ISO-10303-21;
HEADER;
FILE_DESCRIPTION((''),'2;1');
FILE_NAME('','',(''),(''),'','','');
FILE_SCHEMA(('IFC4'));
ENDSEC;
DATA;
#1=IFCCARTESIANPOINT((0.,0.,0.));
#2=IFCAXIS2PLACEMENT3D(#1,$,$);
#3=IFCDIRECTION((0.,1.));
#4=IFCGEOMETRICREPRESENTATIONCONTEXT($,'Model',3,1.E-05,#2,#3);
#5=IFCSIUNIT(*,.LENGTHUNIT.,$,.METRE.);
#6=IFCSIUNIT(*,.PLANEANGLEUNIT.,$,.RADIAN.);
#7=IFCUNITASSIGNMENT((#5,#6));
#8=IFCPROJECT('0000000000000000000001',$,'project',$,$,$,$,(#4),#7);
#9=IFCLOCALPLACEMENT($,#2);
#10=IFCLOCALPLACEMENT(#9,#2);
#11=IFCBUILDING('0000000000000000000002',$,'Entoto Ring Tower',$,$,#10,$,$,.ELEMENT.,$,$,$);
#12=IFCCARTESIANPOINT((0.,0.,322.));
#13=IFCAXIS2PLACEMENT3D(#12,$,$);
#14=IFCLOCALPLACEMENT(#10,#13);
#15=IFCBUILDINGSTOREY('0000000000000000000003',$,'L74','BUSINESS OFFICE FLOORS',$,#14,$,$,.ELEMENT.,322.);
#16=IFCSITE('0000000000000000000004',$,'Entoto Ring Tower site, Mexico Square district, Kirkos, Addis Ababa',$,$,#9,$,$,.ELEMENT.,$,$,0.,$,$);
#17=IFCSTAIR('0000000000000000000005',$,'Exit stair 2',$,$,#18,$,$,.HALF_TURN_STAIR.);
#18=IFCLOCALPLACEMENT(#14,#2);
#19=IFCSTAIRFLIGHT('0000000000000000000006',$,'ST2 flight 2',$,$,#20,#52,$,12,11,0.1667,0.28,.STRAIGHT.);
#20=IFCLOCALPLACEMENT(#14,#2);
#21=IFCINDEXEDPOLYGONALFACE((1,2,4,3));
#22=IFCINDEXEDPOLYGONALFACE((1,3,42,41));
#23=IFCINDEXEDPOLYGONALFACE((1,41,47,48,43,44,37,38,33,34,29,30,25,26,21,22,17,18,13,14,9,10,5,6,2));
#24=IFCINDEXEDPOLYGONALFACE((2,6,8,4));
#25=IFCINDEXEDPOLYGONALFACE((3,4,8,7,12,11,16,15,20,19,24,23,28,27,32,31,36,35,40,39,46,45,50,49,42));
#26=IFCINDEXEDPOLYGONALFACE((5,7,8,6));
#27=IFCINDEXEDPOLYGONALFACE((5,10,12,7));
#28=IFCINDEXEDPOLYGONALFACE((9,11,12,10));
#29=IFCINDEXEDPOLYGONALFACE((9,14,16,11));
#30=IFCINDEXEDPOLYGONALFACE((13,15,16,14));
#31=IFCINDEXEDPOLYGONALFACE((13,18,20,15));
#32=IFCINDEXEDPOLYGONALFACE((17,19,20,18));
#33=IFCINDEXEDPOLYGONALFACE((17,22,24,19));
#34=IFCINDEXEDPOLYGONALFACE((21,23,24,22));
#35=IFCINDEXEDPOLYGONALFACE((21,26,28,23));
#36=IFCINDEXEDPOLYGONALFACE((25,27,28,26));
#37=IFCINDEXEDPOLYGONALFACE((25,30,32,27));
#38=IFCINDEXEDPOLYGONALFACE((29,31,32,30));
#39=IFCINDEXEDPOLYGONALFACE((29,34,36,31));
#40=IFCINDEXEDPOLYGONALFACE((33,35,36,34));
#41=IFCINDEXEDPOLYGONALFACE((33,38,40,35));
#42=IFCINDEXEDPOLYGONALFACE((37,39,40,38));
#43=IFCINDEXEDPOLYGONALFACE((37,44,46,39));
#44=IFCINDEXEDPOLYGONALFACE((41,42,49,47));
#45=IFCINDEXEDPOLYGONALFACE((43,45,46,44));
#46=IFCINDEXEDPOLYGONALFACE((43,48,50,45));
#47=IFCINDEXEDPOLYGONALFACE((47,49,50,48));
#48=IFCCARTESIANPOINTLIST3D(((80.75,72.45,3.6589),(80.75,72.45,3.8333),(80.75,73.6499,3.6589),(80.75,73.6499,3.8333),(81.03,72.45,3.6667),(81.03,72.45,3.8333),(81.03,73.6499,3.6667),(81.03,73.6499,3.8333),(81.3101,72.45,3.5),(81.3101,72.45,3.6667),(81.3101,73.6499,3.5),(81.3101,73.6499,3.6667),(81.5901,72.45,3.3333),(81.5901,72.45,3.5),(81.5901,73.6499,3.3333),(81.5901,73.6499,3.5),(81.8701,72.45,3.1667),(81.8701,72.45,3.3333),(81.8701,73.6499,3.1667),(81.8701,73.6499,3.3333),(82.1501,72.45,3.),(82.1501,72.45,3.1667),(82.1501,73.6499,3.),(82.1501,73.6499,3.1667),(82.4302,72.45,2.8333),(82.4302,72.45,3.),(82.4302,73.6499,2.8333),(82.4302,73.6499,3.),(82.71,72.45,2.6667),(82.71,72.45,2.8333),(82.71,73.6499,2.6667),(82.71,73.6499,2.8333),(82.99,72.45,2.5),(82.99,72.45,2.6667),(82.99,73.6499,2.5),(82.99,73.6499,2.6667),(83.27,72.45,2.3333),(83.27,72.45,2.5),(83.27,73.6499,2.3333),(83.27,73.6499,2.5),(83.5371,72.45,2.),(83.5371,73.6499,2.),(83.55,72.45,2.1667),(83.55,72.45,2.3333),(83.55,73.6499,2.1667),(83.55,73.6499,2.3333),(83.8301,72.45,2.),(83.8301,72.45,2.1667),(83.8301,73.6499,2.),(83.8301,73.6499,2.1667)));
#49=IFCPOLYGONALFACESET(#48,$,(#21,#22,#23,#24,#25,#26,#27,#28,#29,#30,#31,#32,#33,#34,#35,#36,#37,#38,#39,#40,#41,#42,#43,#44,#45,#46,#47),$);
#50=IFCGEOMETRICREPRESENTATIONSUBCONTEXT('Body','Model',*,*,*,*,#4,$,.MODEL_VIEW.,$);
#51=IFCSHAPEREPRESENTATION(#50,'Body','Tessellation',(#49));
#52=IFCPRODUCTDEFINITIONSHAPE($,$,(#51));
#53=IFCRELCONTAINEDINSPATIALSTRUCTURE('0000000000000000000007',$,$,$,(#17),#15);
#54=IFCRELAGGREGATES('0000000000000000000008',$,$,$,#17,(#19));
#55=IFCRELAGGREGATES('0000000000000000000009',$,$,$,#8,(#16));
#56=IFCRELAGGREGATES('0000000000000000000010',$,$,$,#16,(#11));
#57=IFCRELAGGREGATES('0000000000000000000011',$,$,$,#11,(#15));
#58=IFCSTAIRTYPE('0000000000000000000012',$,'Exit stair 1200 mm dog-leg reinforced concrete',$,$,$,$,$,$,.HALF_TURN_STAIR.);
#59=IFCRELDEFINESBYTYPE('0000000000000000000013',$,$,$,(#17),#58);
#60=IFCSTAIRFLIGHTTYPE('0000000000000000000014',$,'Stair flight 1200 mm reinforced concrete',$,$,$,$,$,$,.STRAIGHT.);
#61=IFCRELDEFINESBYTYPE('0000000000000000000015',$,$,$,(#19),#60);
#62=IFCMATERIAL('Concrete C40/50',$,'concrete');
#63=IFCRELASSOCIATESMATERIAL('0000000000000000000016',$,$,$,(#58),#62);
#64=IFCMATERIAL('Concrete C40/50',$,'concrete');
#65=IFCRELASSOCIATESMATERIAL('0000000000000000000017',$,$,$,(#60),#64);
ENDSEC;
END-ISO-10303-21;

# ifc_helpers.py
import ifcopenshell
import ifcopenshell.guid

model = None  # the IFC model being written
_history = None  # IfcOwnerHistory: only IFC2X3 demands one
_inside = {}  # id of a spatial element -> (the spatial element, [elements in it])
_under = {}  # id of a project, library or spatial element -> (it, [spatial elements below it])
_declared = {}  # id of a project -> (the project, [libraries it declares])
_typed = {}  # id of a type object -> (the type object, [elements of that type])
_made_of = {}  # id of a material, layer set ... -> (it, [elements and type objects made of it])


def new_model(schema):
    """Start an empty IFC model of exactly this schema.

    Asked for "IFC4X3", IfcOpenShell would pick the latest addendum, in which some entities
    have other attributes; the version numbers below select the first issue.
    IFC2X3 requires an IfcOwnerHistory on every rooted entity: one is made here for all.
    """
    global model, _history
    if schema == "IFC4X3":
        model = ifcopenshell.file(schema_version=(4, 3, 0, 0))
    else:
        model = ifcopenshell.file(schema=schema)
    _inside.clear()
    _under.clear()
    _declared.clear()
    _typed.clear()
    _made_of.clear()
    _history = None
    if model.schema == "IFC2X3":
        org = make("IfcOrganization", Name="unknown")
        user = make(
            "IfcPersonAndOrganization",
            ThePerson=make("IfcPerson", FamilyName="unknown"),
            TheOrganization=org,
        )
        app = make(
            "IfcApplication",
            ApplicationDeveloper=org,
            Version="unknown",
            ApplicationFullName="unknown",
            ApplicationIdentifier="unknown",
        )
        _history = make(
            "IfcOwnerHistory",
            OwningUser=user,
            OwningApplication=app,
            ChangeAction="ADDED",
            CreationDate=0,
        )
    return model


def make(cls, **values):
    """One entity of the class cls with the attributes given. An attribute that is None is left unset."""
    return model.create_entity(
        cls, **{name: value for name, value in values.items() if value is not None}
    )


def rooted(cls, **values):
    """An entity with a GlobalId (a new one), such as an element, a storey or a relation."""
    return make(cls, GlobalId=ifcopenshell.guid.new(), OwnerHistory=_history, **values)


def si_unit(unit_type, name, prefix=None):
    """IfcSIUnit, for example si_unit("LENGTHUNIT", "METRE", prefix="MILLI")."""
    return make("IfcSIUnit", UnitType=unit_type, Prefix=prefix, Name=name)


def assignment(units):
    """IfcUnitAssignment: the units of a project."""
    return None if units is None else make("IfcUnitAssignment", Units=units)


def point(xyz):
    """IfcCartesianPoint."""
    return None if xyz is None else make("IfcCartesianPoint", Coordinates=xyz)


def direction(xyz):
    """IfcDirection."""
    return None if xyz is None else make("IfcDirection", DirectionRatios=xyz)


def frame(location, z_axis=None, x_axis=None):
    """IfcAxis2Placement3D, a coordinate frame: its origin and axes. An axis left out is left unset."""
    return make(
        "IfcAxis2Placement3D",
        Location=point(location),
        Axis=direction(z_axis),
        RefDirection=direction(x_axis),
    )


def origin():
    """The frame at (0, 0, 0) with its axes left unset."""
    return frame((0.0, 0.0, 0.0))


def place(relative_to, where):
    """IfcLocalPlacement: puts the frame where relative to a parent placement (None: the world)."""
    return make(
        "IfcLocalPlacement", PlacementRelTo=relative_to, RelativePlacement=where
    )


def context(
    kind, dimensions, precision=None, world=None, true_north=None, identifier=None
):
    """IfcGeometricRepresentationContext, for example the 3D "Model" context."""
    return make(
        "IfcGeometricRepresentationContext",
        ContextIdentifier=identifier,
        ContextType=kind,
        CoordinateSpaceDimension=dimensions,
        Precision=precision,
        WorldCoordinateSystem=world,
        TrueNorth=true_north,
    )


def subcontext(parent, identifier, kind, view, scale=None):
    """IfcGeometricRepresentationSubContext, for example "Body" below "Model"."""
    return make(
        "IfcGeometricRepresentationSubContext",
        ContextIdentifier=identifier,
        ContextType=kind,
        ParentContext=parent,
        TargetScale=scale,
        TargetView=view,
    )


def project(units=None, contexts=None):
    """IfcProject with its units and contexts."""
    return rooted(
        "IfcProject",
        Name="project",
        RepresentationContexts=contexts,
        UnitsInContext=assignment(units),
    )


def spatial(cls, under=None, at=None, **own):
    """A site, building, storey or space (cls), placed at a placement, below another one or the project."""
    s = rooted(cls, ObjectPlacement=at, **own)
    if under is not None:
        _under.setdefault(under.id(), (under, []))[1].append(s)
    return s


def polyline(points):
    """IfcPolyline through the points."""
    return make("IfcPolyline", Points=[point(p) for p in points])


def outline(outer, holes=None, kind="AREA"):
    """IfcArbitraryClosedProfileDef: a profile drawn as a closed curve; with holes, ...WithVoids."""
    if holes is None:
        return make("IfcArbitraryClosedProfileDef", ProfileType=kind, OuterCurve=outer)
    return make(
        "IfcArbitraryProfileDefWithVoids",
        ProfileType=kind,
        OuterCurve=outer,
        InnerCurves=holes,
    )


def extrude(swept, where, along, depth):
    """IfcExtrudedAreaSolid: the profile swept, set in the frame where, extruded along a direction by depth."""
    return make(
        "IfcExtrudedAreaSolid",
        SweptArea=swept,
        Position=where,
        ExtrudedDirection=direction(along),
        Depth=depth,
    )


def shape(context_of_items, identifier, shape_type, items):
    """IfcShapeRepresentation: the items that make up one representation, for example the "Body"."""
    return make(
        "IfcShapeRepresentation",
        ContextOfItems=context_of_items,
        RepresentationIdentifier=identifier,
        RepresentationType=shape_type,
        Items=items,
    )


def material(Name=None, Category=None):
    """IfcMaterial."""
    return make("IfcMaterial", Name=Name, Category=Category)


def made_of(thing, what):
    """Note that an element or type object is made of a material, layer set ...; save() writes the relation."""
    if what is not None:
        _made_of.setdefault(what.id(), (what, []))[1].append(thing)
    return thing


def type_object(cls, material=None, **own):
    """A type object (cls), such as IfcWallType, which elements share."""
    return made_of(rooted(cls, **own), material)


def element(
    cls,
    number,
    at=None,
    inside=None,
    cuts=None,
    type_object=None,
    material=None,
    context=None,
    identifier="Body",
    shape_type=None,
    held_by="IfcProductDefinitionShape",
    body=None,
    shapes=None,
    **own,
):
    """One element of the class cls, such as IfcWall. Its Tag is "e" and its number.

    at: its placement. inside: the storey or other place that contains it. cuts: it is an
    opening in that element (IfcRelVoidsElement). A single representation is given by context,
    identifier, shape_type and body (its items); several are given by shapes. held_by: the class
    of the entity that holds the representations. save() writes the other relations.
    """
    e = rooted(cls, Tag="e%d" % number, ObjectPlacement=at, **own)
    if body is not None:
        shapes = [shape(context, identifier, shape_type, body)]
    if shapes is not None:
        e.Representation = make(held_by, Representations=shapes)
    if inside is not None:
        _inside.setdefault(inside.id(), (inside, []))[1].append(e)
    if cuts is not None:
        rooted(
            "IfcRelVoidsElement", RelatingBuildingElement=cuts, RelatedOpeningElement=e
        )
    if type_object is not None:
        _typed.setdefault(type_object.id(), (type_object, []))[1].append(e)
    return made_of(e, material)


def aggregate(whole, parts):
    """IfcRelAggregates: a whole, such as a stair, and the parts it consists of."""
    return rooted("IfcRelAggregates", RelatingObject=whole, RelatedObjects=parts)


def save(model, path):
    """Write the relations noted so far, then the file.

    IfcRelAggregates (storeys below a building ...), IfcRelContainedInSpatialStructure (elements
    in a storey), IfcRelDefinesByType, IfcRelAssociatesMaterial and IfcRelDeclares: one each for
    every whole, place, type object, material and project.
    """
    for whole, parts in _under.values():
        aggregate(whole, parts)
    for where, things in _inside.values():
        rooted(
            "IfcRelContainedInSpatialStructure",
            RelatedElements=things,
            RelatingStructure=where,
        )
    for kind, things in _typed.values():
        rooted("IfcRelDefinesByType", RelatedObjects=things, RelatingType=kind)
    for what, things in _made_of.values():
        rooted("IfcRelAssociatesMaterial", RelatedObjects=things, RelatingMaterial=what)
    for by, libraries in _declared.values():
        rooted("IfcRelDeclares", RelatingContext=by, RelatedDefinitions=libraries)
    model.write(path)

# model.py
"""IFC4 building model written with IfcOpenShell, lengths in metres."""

from ifc_helpers import new_model, si_unit, direction, frame, origin, place, context, subcontext, project, spatial, polyline, outline, extrude, material, type_object, element, aggregate, save


model = new_model("IFC4")

# Units and contexts
model_context = context("Model", 3, precision=1e-05, world=origin(), true_north=direction((0.0, 1.0)))
body_context = subcontext(model_context, "Body", "Model", "MODEL_VIEW")
ifc_project = project(units=[si_unit("LENGTHUNIT", "METRE"), si_unit("PLANEANGLEUNIT", "RADIAN")], contexts=[model_context])

# Site, building, storey
site_placement = place(None, origin())
site = spatial("IfcSite", under=ifc_project, at=site_placement, Name="Entoto Ring Tower site, Mexico Square district, Kirkos, Addis Ababa", CompositionType="ELEMENT", RefElevation=0.0)
building_placement = place(site_placement, origin())
building = spatial("IfcBuilding", under=site, at=building_placement, Name="Entoto Ring Tower", CompositionType="ELEMENT")
storey_placement = place(building_placement, frame((0.0, 0.0, 322.0)))
storey = spatial("IfcBuildingStorey", under=building, at=storey_placement, Name="L74", Description="BUSINESS OFFICE FLOORS", CompositionType="ELEMENT", Elevation=322.0)

# Stair, stair flight
ifc_material_1 = material(Name="Concrete C40/50", Category="concrete")
stair_type = type_object("IfcStairType", Name="Exit stair 1200 mm dog-leg reinforced concrete", PredefinedType="HALF_TURN_STAIR", material=ifc_material_1)
stair_placement = place(storey_placement, origin())
stair = element("IfcStair", 1, at=stair_placement, inside=storey, type_object=stair_type, Name="Exit stair 2", PredefinedType="HALF_TURN_STAIR")
ifc_material_2 = material(Name="Concrete C40/50", Category="concrete")
stair_flight_type = type_object("IfcStairFlightType", Name="Stair flight 1200 mm reinforced concrete", PredefinedType="STRAIGHT", material=ifc_material_2)
stair_flight_1_placement = place(storey_placement, frame((83.8301, 73.05, 2.0), z_axis=(0.0, 0.0, 1.0), x_axis=(-1.0, 0.0, 0.0)))
stair_flight_1 = element("IfcStairFlight", 2, at=stair_flight_1_placement, type_object=stair_flight_type, Name="ST2 flight 2", NumberOfRisers=12, NumberOfTreads=11, PredefinedType="STRAIGHT", RiserHeight=0.1667, TreadLength=0.28, context=body_context, shape_type="SweptSolid", body=[
    extrude(outline(polyline([(0.0, 0.0), (0.0, 0.1667), (0.28, 0.1667), (0.28, 0.3333), (0.5601, 0.3333), (0.5601, 0.5), (0.8401, 0.5), (0.8401, 0.6667), (1.1201, 0.6667), (1.1201, 0.8333), (1.3999, 0.8333), (1.3999, 1.0), (1.6799, 1.0), (1.6799, 1.1667), (1.96, 1.1667), (1.96, 1.3333), (2.24, 1.3333), (2.24, 1.5), (2.52, 1.5), (2.52, 1.6667), (2.8, 1.6667), (2.8, 1.8333), (3.0801, 1.8333), (3.0801, 2.0), (3.0801, 1.6589), (0.293, 0.0), (0.0, 0.0)])), frame((0.0, 0.6001, 0.0), z_axis=(0.0, -1.0, 0.0), x_axis=(1.0, 0.0, 0.0)), (0.0, 0.0, 1.0), 1.2),
])
aggregate(stair, [stair_flight_1])

save(model, "model.ifc")
